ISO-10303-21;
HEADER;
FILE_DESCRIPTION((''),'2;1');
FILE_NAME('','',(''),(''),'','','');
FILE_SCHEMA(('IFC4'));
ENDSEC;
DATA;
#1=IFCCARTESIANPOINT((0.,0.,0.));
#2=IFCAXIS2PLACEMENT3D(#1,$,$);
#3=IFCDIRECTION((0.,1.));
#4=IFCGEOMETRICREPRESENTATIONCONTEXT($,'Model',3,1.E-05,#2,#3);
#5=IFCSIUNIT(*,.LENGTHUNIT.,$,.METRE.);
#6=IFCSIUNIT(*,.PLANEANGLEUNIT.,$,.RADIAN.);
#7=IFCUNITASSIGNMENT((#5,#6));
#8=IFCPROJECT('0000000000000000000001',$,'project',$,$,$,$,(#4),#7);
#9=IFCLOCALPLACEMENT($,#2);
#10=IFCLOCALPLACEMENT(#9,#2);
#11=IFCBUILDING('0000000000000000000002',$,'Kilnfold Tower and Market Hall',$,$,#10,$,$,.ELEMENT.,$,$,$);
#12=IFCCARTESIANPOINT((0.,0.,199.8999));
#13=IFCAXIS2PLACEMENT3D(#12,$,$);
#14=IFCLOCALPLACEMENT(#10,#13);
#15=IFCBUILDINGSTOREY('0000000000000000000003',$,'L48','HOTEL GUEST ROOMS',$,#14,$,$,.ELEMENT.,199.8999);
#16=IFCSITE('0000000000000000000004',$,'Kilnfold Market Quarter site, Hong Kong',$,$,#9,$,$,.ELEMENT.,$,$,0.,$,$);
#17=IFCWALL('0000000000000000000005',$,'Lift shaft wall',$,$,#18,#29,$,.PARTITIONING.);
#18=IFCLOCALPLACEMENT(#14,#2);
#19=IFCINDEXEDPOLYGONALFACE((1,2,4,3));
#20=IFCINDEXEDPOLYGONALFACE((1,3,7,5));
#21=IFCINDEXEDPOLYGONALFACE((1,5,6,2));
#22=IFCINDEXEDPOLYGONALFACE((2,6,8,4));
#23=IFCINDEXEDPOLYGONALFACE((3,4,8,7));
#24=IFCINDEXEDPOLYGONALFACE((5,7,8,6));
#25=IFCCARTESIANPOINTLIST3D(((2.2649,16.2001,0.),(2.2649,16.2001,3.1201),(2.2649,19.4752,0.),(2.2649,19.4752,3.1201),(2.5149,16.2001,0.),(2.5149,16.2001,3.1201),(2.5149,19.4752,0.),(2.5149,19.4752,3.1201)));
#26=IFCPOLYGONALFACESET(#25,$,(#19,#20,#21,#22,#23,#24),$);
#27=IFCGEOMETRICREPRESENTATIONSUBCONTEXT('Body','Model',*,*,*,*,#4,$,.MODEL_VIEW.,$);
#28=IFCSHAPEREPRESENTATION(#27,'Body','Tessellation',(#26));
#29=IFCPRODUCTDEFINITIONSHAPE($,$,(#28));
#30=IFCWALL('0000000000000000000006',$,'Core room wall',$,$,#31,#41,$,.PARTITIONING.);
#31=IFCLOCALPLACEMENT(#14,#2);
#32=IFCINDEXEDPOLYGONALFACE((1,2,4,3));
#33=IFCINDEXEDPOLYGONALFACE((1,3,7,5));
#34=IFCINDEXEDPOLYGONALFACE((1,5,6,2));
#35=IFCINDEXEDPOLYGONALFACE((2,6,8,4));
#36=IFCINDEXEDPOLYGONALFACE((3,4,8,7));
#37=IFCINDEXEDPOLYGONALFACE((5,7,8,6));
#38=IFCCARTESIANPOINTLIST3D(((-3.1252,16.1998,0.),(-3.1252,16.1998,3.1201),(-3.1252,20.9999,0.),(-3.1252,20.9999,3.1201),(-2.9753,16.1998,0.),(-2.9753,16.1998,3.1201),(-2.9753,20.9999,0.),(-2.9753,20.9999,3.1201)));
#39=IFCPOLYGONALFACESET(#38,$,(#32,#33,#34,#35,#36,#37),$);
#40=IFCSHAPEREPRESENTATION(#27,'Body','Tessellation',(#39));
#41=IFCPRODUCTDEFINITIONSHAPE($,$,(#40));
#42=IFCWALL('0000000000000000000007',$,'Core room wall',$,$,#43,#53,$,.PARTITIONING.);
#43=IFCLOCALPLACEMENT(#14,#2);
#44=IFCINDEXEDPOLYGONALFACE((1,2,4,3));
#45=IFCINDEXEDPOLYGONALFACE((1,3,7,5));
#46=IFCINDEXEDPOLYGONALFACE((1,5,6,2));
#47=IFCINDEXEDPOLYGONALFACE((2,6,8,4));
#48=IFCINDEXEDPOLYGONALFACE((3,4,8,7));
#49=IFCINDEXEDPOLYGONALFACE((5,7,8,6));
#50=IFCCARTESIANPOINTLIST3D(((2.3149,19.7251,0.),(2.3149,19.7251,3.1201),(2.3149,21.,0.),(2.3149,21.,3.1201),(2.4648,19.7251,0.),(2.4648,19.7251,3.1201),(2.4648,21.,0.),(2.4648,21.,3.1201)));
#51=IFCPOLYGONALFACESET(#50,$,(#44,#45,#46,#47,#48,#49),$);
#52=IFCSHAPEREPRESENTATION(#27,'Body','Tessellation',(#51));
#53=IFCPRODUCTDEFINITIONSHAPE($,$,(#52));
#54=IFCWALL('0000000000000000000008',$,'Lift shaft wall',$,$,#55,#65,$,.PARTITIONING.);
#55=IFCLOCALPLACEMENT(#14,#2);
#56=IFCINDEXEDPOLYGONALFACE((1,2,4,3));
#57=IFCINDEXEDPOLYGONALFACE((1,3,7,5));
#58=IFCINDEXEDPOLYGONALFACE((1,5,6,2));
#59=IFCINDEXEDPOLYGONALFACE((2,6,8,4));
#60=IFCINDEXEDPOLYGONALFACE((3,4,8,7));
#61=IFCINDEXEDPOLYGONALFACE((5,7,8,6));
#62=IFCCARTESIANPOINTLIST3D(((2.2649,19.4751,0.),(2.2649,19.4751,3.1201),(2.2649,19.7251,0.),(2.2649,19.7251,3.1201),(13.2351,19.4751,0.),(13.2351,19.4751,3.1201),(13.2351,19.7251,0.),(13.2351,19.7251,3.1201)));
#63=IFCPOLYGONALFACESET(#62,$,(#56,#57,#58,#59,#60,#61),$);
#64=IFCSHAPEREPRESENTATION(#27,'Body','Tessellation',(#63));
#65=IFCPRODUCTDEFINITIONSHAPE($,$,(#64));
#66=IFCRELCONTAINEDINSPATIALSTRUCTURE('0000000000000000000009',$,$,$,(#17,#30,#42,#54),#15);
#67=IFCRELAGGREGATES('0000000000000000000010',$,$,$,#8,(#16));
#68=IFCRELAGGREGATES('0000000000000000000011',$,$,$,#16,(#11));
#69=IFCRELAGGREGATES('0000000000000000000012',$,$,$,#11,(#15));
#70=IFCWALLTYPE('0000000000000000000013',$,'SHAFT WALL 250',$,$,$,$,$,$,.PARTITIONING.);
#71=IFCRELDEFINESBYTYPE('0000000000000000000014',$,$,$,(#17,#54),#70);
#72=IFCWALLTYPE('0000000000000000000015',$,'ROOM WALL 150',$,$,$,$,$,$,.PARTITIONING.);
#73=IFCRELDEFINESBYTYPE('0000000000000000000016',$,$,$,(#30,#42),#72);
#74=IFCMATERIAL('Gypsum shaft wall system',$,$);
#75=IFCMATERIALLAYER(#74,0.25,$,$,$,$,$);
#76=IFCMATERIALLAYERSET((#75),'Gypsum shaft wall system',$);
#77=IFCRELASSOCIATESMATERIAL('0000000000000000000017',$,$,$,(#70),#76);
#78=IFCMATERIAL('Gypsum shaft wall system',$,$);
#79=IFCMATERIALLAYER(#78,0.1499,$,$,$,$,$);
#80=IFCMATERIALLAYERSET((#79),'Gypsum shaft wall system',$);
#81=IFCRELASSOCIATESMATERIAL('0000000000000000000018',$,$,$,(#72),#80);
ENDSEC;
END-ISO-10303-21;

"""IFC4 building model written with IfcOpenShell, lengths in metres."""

from ifc_helpers import new_model, si_unit, direction, frame, frame_2d, origin, place, context, subcontext, project, spatial, rectangle, extrude, source, transform, mapped, material, layer, layer_set, type_object, element, save


model = new_model("IFC4")

# Units and contexts
model_context = context("Model", 3, precision=1e-05, world=origin(), true_north=direction((0.0, 1.0)))
body_context = subcontext(model_context, "Body", "Model", "MODEL_VIEW")
ifc_project = project(units=[si_unit("LENGTHUNIT", "METRE"), si_unit("PLANEANGLEUNIT", "RADIAN")], contexts=[model_context])

# Site, building, storey
site_placement = place(None, origin())
site = spatial("IfcSite", under=ifc_project, at=site_placement, Name="Kilnfold Market Quarter site, Hong Kong", CompositionType="ELEMENT", RefElevation=0.0)
building_placement = place(site_placement, origin())
building = spatial("IfcBuilding", under=site, at=building_placement, Name="Kilnfold Tower and Market Hall", CompositionType="ELEMENT")
storey_placement = place(building_placement, frame((0.0, 0.0, 199.8999)))
storey = spatial("IfcBuildingStorey", under=building, at=storey_placement, Name="L48", Description="HOTEL GUEST ROOMS", CompositionType="ELEMENT", Elevation=199.8999)

# Walls
ifc_material_1 = material(Name="Gypsum shaft wall system")
ifc_layer_1 = layer(ifc_material_1, 0.25)
ifc_layer_set_1 = layer_set([ifc_layer_1], Name="Gypsum shaft wall system")
wall_type_1 = type_object("IfcWallType", Name="SHAFT WALL 250", PredefinedType="PARTITIONING", material=ifc_layer_set_1)
shared_shape_1 = source(origin(), body_context, "Body", "SweptSolid", [
    extrude(rectangle(XDim=3.2751, YDim=0.25, at=frame_2d((1.6377, 0.0))), origin(), (0.0, 0.0, 1.0), 3.1201),
])
wall_1_placement = place(storey_placement, frame((2.3899, 16.2, 0.0), z_axis=(0.0, 0.0, 1.0), x_axis=(0.0, 1.0, 0.0)))
element("IfcWall", 1, at=wall_1_placement, inside=storey, type_object=wall_type_1, Name="Lift shaft wall", PredefinedType="PARTITIONING", context=body_context, shape_type="MappedRepresentation", body=[
    mapped(shared_shape_1, transform((0.0, 0.0, 0.0))),
])
ifc_material_2 = material(Name="Gypsum shaft wall system")
ifc_layer_2 = layer(ifc_material_2, 0.1499)
ifc_layer_set_2 = layer_set([ifc_layer_2], Name="Gypsum shaft wall system")
wall_type_2 = type_object("IfcWallType", Name="ROOM WALL 150", PredefinedType="PARTITIONING", material=ifc_layer_set_2)
shared_shape_2 = source(origin(), body_context, "Body", "SweptSolid", [
    extrude(rectangle(XDim=4.8, YDim=0.1499, at=frame_2d((2.3999, 0.0))), origin(), (0.0, 0.0, 1.0), 3.1201),
])
wall_2_placement = place(storey_placement, frame((-3.0503, 16.2, 0.0), z_axis=(0.0, 0.0, 1.0), x_axis=(0.0, 1.0, 0.0)))
element("IfcWall", 2, at=wall_2_placement, inside=storey, type_object=wall_type_2, Name="Core room wall", PredefinedType="PARTITIONING", context=body_context, shape_type="MappedRepresentation", body=[
    mapped(shared_shape_2, transform((0.0, 0.0, 0.0))),
])
shared_shape_3 = source(origin(), body_context, "Body", "SweptSolid", [
    extrude(rectangle(XDim=1.2749, YDim=0.1499, at=frame_2d((0.6375, 0.0))), origin(), (0.0, 0.0, 1.0), 3.1201),
])
wall_3_placement = place(storey_placement, frame((2.3899, 19.7251, 0.0), z_axis=(0.0, 0.0, 1.0), x_axis=(0.0, 1.0, 0.0)))
element("IfcWall", 3, at=wall_3_placement, inside=storey, type_object=wall_type_2, Name="Core room wall", PredefinedType="PARTITIONING", context=body_context, shape_type="MappedRepresentation", body=[
    mapped(shared_shape_3, transform((0.0, 0.0, 0.0))),
])
shared_shape_4 = source(origin(), body_context, "Body", "SweptSolid", [
    extrude(rectangle(XDim=10.9702, YDim=0.25, at=frame_2d((5.4851, 0.0))), origin(), (0.0, 0.0, 1.0), 3.1201),
])
wall_4_placement = place(storey_placement, frame((2.2649, 19.6001, 0.0), z_axis=(0.0, 0.0, 1.0), x_axis=(1.0, 0.0, 0.0)))
element("IfcWall", 4, at=wall_4_placement, inside=storey, type_object=wall_type_1, Name="Lift shaft wall", PredefinedType="PARTITIONING", context=body_context, shape_type="MappedRepresentation", body=[
    mapped(shared_shape_4, transform((0.0, 0.0, 0.0))),
])

save(model, "model.ifc")
